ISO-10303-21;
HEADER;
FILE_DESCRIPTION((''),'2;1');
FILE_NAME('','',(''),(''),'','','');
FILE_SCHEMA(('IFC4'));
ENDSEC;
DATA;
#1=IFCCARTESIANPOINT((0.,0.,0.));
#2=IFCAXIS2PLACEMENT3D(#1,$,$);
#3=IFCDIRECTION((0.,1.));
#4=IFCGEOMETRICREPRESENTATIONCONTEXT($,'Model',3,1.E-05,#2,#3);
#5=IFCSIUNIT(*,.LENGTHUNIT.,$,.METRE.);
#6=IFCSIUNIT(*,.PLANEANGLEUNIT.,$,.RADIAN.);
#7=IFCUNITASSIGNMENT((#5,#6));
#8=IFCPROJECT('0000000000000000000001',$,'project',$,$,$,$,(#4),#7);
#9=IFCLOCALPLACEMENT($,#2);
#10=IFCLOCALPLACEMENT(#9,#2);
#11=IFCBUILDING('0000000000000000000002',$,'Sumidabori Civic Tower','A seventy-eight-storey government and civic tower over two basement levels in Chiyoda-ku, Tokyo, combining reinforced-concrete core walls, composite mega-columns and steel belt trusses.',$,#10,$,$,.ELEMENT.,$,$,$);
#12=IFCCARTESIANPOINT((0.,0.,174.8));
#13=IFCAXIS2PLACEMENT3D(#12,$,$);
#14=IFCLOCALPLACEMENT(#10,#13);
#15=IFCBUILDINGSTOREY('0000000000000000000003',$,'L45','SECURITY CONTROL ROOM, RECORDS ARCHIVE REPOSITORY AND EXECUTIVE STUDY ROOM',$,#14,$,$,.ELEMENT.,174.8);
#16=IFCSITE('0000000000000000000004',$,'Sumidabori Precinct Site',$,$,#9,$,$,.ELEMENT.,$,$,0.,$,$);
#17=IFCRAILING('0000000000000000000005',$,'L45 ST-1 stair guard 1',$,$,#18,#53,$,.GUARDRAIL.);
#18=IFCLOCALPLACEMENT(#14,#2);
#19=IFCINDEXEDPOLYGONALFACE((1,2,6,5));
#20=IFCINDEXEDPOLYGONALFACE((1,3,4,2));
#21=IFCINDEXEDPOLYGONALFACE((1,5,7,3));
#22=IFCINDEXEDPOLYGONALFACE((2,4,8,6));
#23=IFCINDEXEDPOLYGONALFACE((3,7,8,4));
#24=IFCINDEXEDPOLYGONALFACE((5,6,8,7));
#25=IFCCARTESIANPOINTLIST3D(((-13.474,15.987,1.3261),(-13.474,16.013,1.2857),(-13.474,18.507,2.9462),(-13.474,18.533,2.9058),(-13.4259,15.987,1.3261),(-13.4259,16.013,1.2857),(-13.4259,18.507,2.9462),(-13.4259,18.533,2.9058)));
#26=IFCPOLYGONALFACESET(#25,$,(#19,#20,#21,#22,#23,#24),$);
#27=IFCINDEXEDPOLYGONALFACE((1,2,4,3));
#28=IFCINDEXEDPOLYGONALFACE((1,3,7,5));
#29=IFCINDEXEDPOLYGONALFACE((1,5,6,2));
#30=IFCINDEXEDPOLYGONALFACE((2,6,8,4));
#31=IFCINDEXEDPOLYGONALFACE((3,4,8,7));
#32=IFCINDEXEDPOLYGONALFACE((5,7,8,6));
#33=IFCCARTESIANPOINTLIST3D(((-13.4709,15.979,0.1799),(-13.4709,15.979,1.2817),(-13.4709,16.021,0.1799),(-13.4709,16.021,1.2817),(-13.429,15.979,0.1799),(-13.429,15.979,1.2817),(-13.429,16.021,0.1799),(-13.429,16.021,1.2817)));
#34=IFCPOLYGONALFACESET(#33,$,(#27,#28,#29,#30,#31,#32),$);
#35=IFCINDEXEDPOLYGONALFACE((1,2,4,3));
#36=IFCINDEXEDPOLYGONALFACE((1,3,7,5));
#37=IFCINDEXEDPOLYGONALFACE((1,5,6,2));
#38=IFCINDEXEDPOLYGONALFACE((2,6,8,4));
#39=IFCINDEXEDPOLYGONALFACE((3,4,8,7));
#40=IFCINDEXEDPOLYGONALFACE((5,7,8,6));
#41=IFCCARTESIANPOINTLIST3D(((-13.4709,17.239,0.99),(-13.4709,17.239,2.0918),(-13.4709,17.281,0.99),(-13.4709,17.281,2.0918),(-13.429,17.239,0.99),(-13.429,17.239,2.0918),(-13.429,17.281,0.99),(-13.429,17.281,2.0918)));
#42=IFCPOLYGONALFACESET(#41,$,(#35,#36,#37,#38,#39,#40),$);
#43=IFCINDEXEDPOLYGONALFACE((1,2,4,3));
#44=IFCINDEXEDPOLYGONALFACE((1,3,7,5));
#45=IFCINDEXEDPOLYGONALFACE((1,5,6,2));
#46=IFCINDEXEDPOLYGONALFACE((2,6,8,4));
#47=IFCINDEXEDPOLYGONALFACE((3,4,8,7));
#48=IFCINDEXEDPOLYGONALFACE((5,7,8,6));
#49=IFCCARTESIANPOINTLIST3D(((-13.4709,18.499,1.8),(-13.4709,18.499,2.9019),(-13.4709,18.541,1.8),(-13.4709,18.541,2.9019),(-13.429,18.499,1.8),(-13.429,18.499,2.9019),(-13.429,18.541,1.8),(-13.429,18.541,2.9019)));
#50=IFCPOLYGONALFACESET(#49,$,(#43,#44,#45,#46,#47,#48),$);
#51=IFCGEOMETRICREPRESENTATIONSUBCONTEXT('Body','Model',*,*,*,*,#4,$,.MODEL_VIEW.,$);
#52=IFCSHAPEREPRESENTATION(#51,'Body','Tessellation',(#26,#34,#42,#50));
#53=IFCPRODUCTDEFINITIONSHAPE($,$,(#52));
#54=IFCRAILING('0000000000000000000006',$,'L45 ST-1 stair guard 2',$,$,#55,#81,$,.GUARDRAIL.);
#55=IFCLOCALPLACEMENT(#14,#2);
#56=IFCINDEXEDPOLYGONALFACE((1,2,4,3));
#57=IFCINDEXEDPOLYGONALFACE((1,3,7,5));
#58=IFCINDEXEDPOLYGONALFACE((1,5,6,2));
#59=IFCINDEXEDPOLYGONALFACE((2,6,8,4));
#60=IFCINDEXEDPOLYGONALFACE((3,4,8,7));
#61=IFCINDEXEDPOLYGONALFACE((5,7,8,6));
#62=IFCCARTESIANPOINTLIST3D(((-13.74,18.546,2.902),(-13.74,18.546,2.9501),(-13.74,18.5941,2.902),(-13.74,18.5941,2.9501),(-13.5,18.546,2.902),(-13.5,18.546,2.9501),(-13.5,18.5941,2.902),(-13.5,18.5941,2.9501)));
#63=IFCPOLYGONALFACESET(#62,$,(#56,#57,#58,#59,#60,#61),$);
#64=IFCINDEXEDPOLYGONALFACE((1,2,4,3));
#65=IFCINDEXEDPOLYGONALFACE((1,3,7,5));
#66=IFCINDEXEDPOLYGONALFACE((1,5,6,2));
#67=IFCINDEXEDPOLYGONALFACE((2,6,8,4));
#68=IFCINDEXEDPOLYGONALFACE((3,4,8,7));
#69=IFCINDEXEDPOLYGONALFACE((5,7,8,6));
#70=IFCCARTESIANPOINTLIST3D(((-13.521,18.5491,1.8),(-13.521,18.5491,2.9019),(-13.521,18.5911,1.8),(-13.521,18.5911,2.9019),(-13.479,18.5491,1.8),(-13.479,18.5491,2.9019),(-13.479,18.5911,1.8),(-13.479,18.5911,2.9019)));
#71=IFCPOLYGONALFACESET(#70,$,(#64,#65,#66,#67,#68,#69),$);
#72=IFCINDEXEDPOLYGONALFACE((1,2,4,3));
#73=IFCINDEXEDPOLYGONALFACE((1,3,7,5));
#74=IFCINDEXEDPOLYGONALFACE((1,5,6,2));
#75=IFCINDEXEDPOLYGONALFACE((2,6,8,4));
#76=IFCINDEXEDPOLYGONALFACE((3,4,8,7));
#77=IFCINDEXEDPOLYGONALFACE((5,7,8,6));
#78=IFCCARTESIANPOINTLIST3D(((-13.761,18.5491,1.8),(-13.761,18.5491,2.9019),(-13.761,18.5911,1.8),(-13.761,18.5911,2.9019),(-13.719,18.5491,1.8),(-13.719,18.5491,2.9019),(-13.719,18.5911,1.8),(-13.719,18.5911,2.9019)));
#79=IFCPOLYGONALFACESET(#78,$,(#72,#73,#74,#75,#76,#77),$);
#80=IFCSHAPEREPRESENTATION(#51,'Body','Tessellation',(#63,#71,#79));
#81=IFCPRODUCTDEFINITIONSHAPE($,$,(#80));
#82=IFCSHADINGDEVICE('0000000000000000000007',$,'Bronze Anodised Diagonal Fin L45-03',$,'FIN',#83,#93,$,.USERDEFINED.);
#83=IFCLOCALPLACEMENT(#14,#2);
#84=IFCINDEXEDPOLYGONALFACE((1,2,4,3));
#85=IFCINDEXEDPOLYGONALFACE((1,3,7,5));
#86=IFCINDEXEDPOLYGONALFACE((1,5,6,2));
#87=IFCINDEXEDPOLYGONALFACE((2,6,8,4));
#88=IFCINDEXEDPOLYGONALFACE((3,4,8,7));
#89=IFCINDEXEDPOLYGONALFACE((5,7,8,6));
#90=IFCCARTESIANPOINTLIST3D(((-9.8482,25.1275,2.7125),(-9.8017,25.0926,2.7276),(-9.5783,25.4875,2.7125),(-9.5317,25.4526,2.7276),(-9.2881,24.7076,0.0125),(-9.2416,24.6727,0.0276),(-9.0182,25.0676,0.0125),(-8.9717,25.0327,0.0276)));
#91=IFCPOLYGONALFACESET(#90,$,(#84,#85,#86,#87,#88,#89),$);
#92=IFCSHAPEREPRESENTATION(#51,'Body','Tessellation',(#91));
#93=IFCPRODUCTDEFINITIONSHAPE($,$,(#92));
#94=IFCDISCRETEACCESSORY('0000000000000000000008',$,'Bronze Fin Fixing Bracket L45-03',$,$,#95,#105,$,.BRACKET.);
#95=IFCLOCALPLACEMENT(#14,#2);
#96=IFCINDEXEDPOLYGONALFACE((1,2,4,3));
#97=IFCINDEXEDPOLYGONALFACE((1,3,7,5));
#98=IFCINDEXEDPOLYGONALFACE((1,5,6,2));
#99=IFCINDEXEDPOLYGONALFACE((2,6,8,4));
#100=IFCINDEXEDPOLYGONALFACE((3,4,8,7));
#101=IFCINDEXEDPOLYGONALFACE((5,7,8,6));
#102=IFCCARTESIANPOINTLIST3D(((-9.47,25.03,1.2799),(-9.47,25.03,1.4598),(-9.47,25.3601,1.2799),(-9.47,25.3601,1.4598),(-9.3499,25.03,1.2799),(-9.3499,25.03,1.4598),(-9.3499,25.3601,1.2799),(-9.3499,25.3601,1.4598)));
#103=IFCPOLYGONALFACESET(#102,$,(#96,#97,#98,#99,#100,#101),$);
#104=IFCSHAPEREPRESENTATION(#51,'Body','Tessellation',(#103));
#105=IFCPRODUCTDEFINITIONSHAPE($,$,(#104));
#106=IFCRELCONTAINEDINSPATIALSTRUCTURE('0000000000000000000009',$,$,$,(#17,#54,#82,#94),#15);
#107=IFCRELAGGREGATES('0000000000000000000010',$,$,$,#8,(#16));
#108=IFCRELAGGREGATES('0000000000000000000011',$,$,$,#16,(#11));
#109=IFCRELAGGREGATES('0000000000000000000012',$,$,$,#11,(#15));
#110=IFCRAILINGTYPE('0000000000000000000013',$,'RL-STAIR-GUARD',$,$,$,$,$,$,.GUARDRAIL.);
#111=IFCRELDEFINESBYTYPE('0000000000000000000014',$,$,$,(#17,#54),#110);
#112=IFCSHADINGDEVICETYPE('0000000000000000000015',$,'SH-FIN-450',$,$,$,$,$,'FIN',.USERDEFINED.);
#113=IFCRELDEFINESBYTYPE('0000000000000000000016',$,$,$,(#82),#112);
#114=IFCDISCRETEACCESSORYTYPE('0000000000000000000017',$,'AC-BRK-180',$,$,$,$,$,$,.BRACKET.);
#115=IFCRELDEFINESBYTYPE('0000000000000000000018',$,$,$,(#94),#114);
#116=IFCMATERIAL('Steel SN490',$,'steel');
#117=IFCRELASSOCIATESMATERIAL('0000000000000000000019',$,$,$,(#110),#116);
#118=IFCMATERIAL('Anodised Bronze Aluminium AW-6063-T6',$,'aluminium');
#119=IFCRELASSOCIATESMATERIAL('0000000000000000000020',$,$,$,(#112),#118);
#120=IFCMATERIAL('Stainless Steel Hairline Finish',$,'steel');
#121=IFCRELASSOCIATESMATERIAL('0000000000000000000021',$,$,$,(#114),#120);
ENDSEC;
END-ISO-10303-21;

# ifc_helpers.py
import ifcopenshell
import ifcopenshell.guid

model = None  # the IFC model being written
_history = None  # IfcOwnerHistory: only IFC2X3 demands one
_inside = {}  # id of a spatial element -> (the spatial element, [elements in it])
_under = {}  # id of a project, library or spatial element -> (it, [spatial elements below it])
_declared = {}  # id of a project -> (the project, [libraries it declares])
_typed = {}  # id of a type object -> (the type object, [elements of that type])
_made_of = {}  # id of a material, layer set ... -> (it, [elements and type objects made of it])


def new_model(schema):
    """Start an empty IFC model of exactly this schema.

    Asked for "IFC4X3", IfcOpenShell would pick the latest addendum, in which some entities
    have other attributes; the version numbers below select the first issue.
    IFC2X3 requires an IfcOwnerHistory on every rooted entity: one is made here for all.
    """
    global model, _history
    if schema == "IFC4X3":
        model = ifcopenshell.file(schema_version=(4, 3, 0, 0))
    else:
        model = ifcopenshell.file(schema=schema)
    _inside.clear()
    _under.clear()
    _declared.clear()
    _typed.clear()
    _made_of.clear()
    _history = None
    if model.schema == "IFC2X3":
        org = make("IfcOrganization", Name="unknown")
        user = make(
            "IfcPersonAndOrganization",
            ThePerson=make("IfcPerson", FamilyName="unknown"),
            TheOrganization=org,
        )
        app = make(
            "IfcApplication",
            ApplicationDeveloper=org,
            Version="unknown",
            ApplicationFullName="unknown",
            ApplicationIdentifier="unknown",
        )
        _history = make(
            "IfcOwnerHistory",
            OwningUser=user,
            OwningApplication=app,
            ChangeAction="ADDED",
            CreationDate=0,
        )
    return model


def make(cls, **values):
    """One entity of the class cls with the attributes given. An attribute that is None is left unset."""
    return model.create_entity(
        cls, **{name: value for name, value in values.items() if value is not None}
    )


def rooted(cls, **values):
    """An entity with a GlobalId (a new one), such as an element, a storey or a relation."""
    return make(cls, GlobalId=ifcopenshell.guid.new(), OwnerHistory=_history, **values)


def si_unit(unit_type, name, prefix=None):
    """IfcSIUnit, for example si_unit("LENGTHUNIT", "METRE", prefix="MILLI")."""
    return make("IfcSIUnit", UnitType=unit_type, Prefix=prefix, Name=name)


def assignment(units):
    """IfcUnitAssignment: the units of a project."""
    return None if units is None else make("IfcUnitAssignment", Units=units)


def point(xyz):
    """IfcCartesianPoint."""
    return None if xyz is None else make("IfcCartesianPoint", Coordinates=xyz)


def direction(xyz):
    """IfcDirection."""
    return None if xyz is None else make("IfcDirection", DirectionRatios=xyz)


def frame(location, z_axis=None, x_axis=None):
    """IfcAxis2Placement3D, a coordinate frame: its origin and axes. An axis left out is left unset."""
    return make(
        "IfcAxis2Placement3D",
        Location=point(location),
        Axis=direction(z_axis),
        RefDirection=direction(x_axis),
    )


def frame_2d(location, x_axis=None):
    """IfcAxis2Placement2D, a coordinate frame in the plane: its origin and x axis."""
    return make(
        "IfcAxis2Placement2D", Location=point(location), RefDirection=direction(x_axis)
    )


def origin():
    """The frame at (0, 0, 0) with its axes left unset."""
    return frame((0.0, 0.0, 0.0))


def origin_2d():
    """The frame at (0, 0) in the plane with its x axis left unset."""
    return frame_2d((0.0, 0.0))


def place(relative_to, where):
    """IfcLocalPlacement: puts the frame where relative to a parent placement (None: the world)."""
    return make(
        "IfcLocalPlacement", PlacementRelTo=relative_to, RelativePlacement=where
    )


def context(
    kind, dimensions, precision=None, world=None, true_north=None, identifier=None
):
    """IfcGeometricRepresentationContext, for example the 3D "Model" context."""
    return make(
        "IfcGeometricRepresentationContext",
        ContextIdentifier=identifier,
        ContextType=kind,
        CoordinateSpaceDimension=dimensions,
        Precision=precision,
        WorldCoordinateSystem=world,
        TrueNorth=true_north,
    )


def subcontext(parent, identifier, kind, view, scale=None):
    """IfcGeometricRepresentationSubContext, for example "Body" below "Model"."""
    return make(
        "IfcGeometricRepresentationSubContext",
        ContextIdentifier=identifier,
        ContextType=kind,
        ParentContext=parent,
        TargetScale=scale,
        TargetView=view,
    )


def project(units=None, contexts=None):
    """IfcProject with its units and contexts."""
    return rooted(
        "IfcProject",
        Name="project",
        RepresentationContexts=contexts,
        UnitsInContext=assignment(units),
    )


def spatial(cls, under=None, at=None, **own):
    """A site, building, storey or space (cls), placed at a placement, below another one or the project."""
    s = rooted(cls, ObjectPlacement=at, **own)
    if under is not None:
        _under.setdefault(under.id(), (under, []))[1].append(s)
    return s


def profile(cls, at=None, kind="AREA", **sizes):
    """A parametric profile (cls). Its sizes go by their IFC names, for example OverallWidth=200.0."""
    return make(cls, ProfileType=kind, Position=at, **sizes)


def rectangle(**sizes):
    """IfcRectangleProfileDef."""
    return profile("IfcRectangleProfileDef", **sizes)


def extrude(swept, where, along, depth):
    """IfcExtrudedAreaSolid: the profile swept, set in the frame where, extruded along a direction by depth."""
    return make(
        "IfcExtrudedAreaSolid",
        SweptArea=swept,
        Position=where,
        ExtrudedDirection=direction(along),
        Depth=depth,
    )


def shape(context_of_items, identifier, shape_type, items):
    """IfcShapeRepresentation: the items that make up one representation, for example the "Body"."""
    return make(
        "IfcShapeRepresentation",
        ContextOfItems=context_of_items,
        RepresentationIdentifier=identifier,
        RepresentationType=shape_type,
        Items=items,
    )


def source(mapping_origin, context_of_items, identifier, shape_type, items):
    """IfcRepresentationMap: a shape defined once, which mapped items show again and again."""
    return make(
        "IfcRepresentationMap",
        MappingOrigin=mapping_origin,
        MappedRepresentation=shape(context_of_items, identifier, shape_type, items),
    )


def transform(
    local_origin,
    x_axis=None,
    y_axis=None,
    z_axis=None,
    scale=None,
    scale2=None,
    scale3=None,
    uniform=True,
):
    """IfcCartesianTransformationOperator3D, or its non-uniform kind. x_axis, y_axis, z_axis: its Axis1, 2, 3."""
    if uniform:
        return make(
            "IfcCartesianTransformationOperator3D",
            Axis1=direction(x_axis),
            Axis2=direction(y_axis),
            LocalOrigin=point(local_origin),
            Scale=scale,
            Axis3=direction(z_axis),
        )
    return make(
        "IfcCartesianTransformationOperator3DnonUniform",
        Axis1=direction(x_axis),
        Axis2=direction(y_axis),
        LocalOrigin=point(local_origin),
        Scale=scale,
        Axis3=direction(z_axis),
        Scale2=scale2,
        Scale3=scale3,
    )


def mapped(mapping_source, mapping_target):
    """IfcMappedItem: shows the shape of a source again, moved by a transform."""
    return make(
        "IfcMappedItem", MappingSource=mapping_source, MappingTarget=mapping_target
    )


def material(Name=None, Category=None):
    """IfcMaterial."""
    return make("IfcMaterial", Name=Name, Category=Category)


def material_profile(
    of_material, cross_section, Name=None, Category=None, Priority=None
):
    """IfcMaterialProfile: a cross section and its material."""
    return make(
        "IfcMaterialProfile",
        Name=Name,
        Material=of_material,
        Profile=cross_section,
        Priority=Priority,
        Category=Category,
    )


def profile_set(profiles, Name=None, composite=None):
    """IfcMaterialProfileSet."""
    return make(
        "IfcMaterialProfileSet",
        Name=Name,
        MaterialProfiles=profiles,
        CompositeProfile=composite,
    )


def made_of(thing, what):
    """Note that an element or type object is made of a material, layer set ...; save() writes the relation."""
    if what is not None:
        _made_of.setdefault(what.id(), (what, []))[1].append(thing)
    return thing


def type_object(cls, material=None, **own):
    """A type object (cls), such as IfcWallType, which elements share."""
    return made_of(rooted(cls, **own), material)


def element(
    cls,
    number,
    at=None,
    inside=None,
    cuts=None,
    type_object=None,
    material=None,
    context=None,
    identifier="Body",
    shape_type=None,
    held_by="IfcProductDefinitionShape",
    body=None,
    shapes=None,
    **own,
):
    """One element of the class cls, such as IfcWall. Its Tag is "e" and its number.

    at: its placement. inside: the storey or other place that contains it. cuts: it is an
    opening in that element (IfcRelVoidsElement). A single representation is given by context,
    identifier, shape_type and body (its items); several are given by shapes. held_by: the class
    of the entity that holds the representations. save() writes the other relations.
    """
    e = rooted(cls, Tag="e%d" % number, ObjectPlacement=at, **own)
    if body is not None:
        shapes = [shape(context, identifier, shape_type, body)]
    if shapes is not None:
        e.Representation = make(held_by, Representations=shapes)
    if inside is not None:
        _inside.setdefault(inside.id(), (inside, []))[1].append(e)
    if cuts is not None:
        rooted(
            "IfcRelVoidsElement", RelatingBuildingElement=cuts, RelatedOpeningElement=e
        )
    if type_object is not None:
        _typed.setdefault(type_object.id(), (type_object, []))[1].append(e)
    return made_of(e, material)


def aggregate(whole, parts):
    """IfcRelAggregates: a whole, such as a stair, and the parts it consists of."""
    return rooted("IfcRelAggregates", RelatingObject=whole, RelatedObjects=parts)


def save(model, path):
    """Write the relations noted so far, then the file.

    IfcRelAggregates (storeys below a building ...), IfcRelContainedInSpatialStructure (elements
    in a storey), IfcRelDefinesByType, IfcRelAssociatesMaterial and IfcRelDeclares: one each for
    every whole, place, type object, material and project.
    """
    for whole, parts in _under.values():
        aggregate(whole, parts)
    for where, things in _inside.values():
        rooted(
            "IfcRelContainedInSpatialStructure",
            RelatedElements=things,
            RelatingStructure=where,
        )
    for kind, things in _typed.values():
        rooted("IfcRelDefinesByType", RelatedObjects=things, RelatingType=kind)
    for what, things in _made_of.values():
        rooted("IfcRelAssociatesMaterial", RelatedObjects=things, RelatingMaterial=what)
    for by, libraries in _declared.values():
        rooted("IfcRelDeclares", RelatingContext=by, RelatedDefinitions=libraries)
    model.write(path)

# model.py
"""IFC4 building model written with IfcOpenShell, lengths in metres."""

from ifc_helpers import new_model, si_unit, direction, frame, origin, origin_2d, place, context, subcontext, project, spatial, rectangle, extrude, source, transform, mapped, material, material_profile, profile_set, type_object, element, save


model = new_model("IFC4")

# Units and contexts
model_context = context("Model", 3, precision=1e-05, world=origin(), true_north=direction((0.0, 1.0)))
body_context = subcontext(model_context, "Body", "Model", "MODEL_VIEW")
ifc_project = project(units=[si_unit("LENGTHUNIT", "METRE"), si_unit("PLANEANGLEUNIT", "RADIAN")], contexts=[model_context])

# Site, building, storey
site_placement = place(None, origin())
site = spatial("IfcSite", under=ifc_project, at=site_placement, Name="Sumidabori Precinct Site", CompositionType="ELEMENT", RefElevation=0.0)
building_placement = place(site_placement, origin())
building = spatial("IfcBuilding", under=site, at=building_placement, Name="Sumidabori Civic Tower", Description="A seventy-eight-storey government and civic tower over two basement levels in Chiyoda-ku, Tokyo, combining reinforced-concrete core walls, composite mega-columns and steel belt trusses.", CompositionType="ELEMENT")
storey_placement = place(building_placement, frame((0.0, 0.0, 174.8)))
storey = spatial("IfcBuildingStorey", under=building, at=storey_placement, Name="L45", Description="SECURITY CONTROL ROOM, RECORDS ARCHIVE REPOSITORY AND EXECUTIVE STUDY ROOM", CompositionType="ELEMENT", Elevation=174.8)

# Shared definitions
ifc_material_1 = material(Name="Anodised Bronze Aluminium AW-6063-T6", Category="aluminium")

# Railings
ifc_material_2 = material(Name="Stainless Steel Hairline Finish", Category="steel")
ifc_material_3 = material(Name="Steel SN490", Category="steel")
railing_type_1 = type_object("IfcRailingType", Name="RL-STAIR-GUARD", PredefinedType="GUARDRAIL", material=ifc_material_3)
railing_1_placement = place(storey_placement, frame((-13.45, 16.0, 0.1799)))
element("IfcRailing", 1, at=railing_1_placement, inside=storey, type_object=railing_type_1, Name="L45 ST-1 stair guard 1", PredefinedType="GUARDRAIL", context=body_context, shape_type="SweptSolid", body=[
    extrude(rectangle(XDim=0.0481, YDim=0.0481, at=origin_2d()), frame((0.0, 0.0, 1.126), z_axis=(0.0, 0.841163, 0.540782), x_axis=(-1.0, 0.0, 0.0)), (0.0, 0.0, 1.0), 2.9958),
    extrude(rectangle(XDim=0.042, YDim=0.042, at=origin_2d()), origin(), (0.0, 0.0, 1.0), 1.1018),
    extrude(rectangle(XDim=0.042, YDim=0.042, at=origin_2d()), frame((0.0, 1.26, 0.8101)), (0.0, 0.0, 1.0), 1.1018),
    extrude(rectangle(XDim=0.042, YDim=0.042, at=origin_2d()), frame((0.0, 2.52, 1.6201)), (0.0, 0.0, 1.0), 1.1018),
])
railing_2_placement = place(storey_placement, frame((-13.5, 18.5701, 1.8)))
element("IfcRailing", 2, at=railing_2_placement, inside=storey, type_object=railing_type_1, Name="L45 ST-1 stair guard 2", PredefinedType="GUARDRAIL", context=body_context, shape_type="SweptSolid", body=[
    extrude(rectangle(XDim=0.0481, YDim=0.0481, at=origin_2d()), frame((0.0, 0.0, 1.126), z_axis=(-1.0, 0.0, 0.0), x_axis=(0.0, -1.0, 0.0)), (0.0, 0.0, 1.0), 0.24),
    extrude(rectangle(XDim=0.042, YDim=0.042, at=origin_2d()), origin(), (0.0, 0.0, 1.0), 1.1018),
    extrude(rectangle(XDim=0.042, YDim=0.042, at=origin_2d()), frame((-0.24, 0.0, 0.0)), (0.0, 0.0, 1.0), 1.1018),
])

# Shading device
ifc_material_profile_1 = material_profile(ifc_material_1, rectangle(XDim=0.0601, YDim=0.45, at=origin_2d()), Name="BRONZE FIN 450x60")
ifc_profile_set_1 = profile_set([ifc_material_profile_1], Name="Anodised Bronze Aluminium AW-6063-T6")
shading_device_type = type_object("IfcShadingDeviceType", Name="SH-FIN-450", ElementType="FIN", PredefinedType="USERDEFINED", material=ifc_profile_set_1)
shared_shape_1 = source(origin(), body_context, "Body", "SweptSolid", [
    extrude(rectangle(XDim=0.0601, YDim=0.45, at=origin_2d()), origin(), (0.0, 0.0, 1.0), 2.7893),
])
shading_device_placement = place(storey_placement, frame((-9.1299, 24.8701, 0.02), z_axis=(-0.200794, 0.150552, 0.967996), x_axis=(0.774478, -0.580689, 0.250966)))
element("IfcShadingDevice", 3, at=shading_device_placement, inside=storey, type_object=shading_device_type, Name="Bronze Anodised Diagonal Fin L45-03", ObjectType="FIN", PredefinedType="USERDEFINED", context=body_context, shape_type="MappedRepresentation", body=[
    mapped(shared_shape_1, transform((0.0, 0.0, 0.0), x_axis=(1.0, 0.0, 0.0), y_axis=(0.0, 1.0, 0.0), z_axis=(0.0, 0.0, 1.0), scale=1.0)),
])

# Discrete accessory
ifc_material_profile_2 = material_profile(ifc_material_2, rectangle(XDim=0.1201, YDim=0.1799, at=origin_2d()), Name="STEEL BRACKET 180x120")
ifc_profile_set_2 = profile_set([ifc_material_profile_2], Name="Stainless Steel Hairline Finish")
discrete_accessory_type = type_object("IfcDiscreteAccessoryType", Name="AC-BRK-180", PredefinedType="BRACKET", material=ifc_profile_set_2)
shared_shape_2 = source(origin(), body_context, "Body", "SweptSolid", [
    extrude(rectangle(XDim=0.1201, YDim=0.1799, at=origin_2d()), origin(), (0.0, 0.0, 1.0), 0.3301),
])
discrete_accessory_placement = place(storey_placement, frame((-9.4099, 25.03, 1.3699), z_axis=(0.0, 1.0, 0.0), x_axis=(-1.0, 0.0, 0.0)))
element("IfcDiscreteAccessory", 4, at=discrete_accessory_placement, inside=storey, type_object=discrete_accessory_type, Name="Bronze Fin Fixing Bracket L45-03", PredefinedType="BRACKET", context=body_context, shape_type="MappedRepresentation", body=[
    mapped(shared_shape_2, transform((0.0, 0.0, 0.0), x_axis=(1.0, 0.0, 0.0), y_axis=(0.0, 1.0, 0.0), z_axis=(0.0, 0.0, 1.0), scale=1.0)),
])

save(model, "model.ifc")
